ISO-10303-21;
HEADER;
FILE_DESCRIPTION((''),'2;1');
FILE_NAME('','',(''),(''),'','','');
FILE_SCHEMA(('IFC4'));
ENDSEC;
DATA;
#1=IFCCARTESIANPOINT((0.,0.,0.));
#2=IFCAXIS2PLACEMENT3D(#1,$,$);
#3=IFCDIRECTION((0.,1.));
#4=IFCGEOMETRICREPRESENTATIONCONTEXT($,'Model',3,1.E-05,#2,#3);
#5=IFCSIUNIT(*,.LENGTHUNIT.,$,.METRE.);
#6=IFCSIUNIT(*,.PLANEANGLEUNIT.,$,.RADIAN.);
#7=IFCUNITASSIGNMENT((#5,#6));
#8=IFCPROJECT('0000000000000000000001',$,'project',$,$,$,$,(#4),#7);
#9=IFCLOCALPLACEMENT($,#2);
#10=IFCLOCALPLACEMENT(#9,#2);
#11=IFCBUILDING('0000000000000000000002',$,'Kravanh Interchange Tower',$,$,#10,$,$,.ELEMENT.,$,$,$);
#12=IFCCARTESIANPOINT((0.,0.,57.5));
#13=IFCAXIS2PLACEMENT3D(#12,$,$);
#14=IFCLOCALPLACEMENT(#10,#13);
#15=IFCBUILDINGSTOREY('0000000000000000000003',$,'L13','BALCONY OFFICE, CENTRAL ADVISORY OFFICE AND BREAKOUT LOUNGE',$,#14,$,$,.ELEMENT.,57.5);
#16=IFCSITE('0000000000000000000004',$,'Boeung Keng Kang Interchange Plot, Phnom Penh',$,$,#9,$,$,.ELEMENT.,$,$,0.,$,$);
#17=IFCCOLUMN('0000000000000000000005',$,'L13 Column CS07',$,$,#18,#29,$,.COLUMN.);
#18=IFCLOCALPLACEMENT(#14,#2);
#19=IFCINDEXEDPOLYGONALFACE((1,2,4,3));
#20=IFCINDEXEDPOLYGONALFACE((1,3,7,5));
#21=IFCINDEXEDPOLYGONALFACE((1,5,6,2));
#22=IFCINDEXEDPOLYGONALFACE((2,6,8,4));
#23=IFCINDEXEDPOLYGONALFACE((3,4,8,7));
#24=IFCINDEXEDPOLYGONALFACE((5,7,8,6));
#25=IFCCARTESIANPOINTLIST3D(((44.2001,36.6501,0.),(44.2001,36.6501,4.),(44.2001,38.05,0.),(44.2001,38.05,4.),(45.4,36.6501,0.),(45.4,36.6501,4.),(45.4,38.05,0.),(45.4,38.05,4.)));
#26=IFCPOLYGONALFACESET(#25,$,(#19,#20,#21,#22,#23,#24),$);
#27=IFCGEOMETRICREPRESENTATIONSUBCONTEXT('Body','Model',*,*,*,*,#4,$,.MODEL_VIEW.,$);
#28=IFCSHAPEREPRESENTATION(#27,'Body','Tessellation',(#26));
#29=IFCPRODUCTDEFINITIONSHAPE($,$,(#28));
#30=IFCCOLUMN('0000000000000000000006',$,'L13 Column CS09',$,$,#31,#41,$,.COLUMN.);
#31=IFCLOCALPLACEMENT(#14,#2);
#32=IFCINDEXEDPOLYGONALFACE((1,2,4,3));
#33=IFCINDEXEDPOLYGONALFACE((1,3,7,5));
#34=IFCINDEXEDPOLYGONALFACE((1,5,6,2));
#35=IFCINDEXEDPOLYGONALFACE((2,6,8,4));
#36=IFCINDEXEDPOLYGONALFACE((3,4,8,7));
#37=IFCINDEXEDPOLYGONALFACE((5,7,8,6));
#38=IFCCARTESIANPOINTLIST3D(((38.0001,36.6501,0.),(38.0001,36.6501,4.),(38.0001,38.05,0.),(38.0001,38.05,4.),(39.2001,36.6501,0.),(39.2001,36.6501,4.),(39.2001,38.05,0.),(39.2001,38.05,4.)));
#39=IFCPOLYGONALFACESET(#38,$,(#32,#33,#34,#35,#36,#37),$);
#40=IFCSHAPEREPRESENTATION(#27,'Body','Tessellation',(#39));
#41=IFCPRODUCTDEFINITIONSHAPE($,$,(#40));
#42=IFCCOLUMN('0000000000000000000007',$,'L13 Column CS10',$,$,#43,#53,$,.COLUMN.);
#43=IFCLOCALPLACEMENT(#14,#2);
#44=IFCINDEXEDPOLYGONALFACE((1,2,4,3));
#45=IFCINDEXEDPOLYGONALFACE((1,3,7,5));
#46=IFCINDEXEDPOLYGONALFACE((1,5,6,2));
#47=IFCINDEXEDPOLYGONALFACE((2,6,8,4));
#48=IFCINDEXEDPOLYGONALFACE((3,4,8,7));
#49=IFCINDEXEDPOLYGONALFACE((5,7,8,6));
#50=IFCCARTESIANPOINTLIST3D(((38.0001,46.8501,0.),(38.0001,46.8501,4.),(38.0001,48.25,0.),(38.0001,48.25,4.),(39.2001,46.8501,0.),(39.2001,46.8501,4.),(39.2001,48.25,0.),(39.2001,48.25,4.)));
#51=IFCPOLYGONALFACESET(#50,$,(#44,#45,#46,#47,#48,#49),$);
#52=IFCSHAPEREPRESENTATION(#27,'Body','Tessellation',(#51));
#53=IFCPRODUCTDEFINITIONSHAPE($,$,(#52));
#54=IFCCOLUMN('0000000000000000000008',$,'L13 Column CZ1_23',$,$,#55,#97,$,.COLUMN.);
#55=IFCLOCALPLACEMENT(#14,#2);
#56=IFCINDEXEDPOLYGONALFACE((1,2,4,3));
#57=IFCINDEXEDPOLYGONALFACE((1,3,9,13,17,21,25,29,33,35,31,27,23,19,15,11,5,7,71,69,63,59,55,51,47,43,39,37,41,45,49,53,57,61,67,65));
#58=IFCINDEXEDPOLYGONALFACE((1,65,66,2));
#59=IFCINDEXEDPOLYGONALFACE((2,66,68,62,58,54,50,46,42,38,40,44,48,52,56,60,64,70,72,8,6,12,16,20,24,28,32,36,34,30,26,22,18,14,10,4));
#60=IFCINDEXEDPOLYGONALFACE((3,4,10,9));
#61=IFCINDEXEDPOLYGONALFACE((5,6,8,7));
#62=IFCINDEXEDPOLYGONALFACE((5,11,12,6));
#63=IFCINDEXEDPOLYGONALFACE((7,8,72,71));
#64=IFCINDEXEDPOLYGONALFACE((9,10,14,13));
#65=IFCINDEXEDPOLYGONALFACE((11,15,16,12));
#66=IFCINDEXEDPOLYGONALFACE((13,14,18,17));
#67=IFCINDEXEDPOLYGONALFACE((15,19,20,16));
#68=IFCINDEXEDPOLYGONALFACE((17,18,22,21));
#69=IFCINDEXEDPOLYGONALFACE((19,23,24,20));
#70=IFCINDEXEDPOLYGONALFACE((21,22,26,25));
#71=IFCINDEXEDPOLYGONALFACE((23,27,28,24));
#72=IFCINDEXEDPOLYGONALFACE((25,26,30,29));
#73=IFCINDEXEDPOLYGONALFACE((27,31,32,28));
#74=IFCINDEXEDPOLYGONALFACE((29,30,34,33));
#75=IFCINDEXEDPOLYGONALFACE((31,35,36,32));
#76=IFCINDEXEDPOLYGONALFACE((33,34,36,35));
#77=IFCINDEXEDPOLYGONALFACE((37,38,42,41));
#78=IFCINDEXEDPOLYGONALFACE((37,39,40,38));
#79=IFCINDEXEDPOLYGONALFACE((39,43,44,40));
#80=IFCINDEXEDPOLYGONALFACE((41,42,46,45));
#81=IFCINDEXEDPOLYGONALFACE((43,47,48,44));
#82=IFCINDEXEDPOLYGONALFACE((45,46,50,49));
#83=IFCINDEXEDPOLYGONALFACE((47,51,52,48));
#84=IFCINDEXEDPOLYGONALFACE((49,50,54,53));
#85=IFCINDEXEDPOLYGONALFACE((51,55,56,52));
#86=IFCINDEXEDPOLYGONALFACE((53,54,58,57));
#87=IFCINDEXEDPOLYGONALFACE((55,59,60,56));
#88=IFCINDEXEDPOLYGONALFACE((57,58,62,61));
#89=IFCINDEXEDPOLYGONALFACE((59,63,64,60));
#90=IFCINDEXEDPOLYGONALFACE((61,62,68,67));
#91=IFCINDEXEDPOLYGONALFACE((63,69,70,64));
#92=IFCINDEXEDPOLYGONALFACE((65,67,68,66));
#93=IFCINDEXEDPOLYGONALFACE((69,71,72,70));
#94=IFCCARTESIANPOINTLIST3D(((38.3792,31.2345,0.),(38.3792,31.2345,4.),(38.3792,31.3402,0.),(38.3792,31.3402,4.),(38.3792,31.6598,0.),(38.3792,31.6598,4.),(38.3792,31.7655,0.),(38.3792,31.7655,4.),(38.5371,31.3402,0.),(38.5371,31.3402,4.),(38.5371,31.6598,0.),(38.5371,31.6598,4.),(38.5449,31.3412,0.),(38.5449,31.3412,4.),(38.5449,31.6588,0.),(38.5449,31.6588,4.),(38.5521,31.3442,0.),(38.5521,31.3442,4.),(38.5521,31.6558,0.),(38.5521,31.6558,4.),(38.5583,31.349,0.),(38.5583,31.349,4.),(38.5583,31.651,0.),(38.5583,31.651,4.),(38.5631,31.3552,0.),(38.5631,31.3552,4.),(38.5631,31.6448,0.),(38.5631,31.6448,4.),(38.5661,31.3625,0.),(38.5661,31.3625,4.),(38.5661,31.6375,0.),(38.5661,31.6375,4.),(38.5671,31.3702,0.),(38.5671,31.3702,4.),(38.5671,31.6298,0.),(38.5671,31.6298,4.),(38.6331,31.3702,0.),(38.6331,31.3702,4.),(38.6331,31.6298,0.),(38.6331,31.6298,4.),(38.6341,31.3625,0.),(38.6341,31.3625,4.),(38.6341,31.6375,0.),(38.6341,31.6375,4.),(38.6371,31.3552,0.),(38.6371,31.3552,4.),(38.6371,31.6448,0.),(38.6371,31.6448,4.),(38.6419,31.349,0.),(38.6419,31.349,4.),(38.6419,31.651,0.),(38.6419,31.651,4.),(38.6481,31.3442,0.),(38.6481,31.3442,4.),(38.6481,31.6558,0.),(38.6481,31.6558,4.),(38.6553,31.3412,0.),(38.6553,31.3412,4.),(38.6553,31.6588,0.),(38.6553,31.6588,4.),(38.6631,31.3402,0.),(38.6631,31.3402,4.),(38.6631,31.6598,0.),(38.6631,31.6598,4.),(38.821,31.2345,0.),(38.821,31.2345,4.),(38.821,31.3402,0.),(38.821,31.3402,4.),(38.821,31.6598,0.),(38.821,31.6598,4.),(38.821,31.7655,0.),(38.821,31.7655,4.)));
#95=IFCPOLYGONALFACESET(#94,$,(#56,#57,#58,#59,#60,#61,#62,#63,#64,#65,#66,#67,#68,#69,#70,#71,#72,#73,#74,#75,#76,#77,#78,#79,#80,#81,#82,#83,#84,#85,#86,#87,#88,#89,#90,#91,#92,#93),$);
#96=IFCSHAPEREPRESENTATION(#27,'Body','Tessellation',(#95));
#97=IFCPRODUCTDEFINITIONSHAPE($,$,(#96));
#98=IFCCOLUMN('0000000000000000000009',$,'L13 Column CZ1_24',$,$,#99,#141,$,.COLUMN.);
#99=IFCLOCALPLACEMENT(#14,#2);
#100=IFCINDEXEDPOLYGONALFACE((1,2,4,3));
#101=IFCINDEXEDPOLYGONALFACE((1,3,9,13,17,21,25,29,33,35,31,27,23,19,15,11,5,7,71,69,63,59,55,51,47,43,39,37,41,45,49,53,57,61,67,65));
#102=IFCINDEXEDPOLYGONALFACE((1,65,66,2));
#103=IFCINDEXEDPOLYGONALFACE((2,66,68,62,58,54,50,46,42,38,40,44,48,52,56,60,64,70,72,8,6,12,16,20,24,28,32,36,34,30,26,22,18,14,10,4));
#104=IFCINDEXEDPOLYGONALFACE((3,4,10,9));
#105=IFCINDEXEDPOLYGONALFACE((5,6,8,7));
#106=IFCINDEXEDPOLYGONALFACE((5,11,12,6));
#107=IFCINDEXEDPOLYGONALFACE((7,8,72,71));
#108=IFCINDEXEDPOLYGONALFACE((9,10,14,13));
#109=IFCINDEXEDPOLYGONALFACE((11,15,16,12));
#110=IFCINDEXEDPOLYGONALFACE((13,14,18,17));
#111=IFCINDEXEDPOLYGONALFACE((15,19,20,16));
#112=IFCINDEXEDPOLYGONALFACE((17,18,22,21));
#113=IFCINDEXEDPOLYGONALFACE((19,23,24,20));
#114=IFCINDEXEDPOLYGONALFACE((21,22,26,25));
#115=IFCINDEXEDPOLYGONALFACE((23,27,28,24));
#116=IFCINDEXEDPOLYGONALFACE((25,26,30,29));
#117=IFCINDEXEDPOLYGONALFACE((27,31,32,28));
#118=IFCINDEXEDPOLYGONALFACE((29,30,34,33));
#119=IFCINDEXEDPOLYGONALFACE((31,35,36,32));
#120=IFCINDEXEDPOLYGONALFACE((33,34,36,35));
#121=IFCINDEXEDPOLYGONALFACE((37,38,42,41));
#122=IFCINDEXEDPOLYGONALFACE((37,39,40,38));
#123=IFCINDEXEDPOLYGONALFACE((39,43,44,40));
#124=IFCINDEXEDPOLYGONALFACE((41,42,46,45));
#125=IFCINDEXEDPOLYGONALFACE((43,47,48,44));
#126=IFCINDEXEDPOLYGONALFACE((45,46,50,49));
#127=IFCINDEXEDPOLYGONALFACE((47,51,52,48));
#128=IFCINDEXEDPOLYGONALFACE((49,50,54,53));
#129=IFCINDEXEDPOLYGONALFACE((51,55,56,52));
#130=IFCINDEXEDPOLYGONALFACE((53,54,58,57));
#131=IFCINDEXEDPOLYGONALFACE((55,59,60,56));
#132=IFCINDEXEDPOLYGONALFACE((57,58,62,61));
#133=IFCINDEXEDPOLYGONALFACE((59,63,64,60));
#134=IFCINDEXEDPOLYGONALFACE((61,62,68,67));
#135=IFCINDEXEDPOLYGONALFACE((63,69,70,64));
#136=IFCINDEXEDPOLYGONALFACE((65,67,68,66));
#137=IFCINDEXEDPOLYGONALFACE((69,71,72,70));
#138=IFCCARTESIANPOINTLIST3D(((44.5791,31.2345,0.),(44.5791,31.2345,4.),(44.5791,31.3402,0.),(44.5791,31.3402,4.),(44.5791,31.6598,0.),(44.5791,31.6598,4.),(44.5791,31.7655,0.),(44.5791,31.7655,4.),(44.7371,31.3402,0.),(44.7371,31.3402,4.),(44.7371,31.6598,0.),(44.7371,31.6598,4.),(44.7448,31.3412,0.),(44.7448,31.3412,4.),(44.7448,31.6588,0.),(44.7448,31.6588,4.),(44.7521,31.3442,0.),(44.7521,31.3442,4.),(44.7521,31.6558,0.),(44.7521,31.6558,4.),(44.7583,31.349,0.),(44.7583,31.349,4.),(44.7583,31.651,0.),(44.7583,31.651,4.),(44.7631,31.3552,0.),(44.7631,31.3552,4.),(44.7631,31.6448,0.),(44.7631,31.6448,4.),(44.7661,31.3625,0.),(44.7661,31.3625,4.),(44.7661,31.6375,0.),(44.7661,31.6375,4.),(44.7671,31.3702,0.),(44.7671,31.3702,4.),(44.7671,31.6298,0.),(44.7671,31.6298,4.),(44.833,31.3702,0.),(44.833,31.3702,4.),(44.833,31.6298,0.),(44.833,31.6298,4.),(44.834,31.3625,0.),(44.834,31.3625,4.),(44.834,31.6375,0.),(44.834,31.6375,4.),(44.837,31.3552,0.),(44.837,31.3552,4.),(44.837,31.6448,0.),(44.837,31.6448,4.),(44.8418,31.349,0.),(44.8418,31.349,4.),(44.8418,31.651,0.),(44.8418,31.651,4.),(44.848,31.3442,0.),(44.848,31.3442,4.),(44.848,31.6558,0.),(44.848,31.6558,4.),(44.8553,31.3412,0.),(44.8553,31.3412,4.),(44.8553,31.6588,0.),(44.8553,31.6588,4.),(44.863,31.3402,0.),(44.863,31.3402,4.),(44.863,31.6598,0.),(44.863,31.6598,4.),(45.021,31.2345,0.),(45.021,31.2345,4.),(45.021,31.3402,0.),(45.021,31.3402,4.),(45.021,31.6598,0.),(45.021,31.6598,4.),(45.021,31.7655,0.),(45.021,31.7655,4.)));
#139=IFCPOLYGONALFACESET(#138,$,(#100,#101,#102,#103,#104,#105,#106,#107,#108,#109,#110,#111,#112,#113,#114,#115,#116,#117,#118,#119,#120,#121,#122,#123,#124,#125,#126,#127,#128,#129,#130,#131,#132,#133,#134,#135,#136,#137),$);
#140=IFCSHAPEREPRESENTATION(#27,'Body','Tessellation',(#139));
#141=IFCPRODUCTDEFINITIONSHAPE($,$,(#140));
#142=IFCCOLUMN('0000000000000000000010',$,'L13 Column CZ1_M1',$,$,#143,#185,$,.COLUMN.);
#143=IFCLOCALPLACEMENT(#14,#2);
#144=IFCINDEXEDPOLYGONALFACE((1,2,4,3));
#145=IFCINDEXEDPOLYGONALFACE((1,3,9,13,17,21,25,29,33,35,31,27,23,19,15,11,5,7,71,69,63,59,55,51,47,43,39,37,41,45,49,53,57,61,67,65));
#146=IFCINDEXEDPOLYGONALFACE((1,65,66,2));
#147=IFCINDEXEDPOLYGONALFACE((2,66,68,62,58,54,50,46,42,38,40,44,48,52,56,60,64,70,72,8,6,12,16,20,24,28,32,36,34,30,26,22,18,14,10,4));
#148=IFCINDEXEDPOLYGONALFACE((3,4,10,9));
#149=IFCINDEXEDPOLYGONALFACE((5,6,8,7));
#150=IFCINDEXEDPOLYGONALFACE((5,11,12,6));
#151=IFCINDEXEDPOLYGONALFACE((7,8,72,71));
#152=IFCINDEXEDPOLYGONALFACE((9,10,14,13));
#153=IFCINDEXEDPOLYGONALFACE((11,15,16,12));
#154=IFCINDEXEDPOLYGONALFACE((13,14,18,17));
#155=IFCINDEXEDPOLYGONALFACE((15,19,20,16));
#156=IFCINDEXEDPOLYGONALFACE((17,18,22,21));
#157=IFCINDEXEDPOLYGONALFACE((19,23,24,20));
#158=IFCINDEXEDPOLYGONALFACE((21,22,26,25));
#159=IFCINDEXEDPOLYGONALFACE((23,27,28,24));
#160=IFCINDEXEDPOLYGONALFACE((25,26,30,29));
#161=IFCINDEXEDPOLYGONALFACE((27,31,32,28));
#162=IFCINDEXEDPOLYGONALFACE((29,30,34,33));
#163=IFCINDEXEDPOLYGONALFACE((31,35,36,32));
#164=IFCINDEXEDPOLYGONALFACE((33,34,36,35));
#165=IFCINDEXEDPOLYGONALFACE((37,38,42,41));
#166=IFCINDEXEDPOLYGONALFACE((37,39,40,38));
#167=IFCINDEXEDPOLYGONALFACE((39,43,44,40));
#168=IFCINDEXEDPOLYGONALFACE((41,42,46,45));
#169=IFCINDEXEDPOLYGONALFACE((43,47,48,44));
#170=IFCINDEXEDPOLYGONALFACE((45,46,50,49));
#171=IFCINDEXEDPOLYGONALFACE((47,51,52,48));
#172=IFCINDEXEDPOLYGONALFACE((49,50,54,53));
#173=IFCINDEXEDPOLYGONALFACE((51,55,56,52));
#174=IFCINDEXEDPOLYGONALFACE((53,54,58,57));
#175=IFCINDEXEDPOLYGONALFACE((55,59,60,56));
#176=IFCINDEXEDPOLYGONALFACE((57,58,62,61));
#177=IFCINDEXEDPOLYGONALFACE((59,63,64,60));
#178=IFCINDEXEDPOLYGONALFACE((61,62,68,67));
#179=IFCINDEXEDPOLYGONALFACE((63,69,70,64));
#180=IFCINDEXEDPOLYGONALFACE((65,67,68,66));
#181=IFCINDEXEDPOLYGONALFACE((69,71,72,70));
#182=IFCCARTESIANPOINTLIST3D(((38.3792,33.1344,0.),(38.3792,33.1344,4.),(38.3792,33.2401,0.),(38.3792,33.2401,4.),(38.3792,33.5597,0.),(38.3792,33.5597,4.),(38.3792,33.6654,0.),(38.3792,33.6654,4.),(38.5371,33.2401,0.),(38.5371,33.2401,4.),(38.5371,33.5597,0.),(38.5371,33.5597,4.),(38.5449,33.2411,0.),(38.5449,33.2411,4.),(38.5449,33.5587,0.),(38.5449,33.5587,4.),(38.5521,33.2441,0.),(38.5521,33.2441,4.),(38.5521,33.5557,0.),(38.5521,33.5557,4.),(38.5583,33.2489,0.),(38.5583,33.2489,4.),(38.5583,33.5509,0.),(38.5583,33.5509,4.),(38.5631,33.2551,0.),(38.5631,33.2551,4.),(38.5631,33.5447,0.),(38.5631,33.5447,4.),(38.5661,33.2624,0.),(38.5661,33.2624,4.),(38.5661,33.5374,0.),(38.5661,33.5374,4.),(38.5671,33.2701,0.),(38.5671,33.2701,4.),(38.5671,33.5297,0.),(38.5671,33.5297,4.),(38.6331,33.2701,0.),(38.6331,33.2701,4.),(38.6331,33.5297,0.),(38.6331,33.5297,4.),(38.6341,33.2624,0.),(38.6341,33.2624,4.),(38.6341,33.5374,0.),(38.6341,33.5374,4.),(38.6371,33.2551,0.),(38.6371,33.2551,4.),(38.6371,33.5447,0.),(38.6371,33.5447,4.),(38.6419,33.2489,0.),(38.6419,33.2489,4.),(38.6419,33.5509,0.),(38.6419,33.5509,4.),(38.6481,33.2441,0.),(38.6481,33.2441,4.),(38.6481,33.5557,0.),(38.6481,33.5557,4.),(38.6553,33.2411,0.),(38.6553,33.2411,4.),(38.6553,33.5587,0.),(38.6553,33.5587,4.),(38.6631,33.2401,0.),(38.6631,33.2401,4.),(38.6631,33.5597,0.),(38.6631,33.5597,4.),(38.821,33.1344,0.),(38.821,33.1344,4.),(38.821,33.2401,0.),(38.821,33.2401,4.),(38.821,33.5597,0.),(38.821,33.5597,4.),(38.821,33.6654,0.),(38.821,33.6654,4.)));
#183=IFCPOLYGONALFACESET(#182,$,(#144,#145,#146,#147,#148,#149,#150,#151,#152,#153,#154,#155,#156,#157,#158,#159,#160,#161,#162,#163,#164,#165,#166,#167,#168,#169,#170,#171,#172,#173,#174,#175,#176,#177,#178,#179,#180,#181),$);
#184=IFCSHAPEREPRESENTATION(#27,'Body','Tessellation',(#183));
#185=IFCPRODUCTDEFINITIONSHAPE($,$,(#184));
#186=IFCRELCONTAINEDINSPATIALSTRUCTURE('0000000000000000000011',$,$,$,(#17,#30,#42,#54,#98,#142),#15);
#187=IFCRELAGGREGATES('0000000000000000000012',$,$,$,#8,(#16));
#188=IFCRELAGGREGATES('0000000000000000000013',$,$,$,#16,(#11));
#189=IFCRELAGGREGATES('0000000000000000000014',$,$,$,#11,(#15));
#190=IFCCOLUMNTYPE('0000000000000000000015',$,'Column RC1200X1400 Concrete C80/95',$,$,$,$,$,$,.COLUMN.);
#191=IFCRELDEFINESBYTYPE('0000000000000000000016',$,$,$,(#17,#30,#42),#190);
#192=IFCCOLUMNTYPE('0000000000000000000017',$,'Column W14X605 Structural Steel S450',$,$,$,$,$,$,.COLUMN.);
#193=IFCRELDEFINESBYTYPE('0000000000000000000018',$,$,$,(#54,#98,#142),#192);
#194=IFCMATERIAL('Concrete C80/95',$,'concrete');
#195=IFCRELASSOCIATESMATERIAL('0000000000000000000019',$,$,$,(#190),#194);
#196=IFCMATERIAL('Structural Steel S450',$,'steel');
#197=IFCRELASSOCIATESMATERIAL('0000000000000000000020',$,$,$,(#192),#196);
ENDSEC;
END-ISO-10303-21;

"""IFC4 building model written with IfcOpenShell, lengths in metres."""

from ifc_helpers import new_model, si_unit, direction, frame, origin, origin_2d, place, context, subcontext, project, spatial, rectangle, i_section, extrude, material, material_profile, profile_set, type_object, element, save


model = new_model("IFC4")

# Units and contexts
model_context = context("Model", 3, precision=1e-05, world=origin(), true_north=direction((0.0, 1.0)))
body_context = subcontext(model_context, "Body", "Model", "MODEL_VIEW")
ifc_project = project(units=[si_unit("LENGTHUNIT", "METRE"), si_unit("PLANEANGLEUNIT", "RADIAN")], contexts=[model_context])

# Site, building, storey
site_placement = place(None, origin())
site = spatial("IfcSite", under=ifc_project, at=site_placement, Name="Boeung Keng Kang Interchange Plot, Phnom Penh", CompositionType="ELEMENT", RefElevation=0.0)
building_placement = place(site_placement, origin())
building = spatial("IfcBuilding", under=site, at=building_placement, Name="Kravanh Interchange Tower", CompositionType="ELEMENT")
storey_placement = place(building_placement, frame((0.0, 0.0, 57.5)))
storey = spatial("IfcBuildingStorey", under=building, at=storey_placement, Name="L13", Description="BALCONY OFFICE, CENTRAL ADVISORY OFFICE AND BREAKOUT LOUNGE", CompositionType="ELEMENT", Elevation=57.5)

# Columns
ifc_material_1 = material(Name="Concrete C80/95", Category="concrete")
ifc_material_profile_1 = material_profile(ifc_material_1, rectangle(XDim=1.2, YDim=1.3999, at=origin_2d()), Name="RC1200X1400")
ifc_profile_set_1 = profile_set([ifc_material_profile_1], Name="Concrete C80/95")
column_type_1 = type_object("IfcColumnType", Name="Column RC1200X1400 Concrete C80/95", PredefinedType="COLUMN", material=ifc_profile_set_1)
for number, where, z_axis, x_axis, name in (
    (1, (44.8, 37.3501, 0.0), (0.0, 0.0, 1.0), (1.0, 0.0, 0.0), "L13 Column CS07"),
    (2, (38.6001, 37.3501, 0.0), (0.0, 0.0, 1.0), (1.0, 0.0, 0.0), "L13 Column CS09"),
    (3, (38.6001, 47.55, 0.0), (0.0, 0.0, 1.0), (1.0, 0.0, 0.0), "L13 Column CS10"),
):
    element("IfcColumn", number, at=place(storey_placement, frame(where, z_axis=z_axis, x_axis=x_axis)), inside=storey, type_object=column_type_1, Name=name, PredefinedType="COLUMN", context=body_context, shape_type="SweptSolid", body=[
        extrude(rectangle(XDim=1.2, YDim=1.3999, at=origin_2d()), origin(), (0.0, 0.0, 1.0), 4.0),
    ])
ifc_material_2 = material(Name="Structural Steel S450", Category="steel")
ifc_material_profile_2 = material_profile(ifc_material_2, i_section(OverallWidth=0.4419, OverallDepth=0.531, WebThickness=0.0659, FlangeThickness=0.1057, FilletRadius=0.03, at=origin_2d()), Name="W14X605")
ifc_profile_set_2 = profile_set([ifc_material_profile_2], Name="Structural Steel S450")
column_type_2 = type_object("IfcColumnType", Name="Column W14X605 Structural Steel S450", PredefinedType="COLUMN", material=ifc_profile_set_2)
for number, where, z_axis, x_axis, name in (
    (4, (38.6001, 31.5, 0.0), (0.0, 0.0, 1.0), (1.0, 0.0, 0.0), "L13 Column CZ1_23"),
    (5, (44.8, 31.5, 0.0), (0.0, 0.0, 1.0), (1.0, 0.0, 0.0), "L13 Column CZ1_24"),
    (6, (38.6001, 33.3999, 0.0), (0.0, 0.0, 1.0), (1.0, 0.0, 0.0), "L13 Column CZ1_M1"),
):
    element("IfcColumn", number, at=place(storey_placement, frame(where, z_axis=z_axis, x_axis=x_axis)), inside=storey, type_object=column_type_2, Name=name, PredefinedType="COLUMN", context=body_context, shape_type="SweptSolid", body=[
        extrude(i_section(OverallWidth=0.4419, OverallDepth=0.531, WebThickness=0.0659, FlangeThickness=0.1057, FilletRadius=0.03, at=origin_2d()), origin(), (0.0, 0.0, 1.0), 4.0),
    ])

save(model, "model.ifc")
